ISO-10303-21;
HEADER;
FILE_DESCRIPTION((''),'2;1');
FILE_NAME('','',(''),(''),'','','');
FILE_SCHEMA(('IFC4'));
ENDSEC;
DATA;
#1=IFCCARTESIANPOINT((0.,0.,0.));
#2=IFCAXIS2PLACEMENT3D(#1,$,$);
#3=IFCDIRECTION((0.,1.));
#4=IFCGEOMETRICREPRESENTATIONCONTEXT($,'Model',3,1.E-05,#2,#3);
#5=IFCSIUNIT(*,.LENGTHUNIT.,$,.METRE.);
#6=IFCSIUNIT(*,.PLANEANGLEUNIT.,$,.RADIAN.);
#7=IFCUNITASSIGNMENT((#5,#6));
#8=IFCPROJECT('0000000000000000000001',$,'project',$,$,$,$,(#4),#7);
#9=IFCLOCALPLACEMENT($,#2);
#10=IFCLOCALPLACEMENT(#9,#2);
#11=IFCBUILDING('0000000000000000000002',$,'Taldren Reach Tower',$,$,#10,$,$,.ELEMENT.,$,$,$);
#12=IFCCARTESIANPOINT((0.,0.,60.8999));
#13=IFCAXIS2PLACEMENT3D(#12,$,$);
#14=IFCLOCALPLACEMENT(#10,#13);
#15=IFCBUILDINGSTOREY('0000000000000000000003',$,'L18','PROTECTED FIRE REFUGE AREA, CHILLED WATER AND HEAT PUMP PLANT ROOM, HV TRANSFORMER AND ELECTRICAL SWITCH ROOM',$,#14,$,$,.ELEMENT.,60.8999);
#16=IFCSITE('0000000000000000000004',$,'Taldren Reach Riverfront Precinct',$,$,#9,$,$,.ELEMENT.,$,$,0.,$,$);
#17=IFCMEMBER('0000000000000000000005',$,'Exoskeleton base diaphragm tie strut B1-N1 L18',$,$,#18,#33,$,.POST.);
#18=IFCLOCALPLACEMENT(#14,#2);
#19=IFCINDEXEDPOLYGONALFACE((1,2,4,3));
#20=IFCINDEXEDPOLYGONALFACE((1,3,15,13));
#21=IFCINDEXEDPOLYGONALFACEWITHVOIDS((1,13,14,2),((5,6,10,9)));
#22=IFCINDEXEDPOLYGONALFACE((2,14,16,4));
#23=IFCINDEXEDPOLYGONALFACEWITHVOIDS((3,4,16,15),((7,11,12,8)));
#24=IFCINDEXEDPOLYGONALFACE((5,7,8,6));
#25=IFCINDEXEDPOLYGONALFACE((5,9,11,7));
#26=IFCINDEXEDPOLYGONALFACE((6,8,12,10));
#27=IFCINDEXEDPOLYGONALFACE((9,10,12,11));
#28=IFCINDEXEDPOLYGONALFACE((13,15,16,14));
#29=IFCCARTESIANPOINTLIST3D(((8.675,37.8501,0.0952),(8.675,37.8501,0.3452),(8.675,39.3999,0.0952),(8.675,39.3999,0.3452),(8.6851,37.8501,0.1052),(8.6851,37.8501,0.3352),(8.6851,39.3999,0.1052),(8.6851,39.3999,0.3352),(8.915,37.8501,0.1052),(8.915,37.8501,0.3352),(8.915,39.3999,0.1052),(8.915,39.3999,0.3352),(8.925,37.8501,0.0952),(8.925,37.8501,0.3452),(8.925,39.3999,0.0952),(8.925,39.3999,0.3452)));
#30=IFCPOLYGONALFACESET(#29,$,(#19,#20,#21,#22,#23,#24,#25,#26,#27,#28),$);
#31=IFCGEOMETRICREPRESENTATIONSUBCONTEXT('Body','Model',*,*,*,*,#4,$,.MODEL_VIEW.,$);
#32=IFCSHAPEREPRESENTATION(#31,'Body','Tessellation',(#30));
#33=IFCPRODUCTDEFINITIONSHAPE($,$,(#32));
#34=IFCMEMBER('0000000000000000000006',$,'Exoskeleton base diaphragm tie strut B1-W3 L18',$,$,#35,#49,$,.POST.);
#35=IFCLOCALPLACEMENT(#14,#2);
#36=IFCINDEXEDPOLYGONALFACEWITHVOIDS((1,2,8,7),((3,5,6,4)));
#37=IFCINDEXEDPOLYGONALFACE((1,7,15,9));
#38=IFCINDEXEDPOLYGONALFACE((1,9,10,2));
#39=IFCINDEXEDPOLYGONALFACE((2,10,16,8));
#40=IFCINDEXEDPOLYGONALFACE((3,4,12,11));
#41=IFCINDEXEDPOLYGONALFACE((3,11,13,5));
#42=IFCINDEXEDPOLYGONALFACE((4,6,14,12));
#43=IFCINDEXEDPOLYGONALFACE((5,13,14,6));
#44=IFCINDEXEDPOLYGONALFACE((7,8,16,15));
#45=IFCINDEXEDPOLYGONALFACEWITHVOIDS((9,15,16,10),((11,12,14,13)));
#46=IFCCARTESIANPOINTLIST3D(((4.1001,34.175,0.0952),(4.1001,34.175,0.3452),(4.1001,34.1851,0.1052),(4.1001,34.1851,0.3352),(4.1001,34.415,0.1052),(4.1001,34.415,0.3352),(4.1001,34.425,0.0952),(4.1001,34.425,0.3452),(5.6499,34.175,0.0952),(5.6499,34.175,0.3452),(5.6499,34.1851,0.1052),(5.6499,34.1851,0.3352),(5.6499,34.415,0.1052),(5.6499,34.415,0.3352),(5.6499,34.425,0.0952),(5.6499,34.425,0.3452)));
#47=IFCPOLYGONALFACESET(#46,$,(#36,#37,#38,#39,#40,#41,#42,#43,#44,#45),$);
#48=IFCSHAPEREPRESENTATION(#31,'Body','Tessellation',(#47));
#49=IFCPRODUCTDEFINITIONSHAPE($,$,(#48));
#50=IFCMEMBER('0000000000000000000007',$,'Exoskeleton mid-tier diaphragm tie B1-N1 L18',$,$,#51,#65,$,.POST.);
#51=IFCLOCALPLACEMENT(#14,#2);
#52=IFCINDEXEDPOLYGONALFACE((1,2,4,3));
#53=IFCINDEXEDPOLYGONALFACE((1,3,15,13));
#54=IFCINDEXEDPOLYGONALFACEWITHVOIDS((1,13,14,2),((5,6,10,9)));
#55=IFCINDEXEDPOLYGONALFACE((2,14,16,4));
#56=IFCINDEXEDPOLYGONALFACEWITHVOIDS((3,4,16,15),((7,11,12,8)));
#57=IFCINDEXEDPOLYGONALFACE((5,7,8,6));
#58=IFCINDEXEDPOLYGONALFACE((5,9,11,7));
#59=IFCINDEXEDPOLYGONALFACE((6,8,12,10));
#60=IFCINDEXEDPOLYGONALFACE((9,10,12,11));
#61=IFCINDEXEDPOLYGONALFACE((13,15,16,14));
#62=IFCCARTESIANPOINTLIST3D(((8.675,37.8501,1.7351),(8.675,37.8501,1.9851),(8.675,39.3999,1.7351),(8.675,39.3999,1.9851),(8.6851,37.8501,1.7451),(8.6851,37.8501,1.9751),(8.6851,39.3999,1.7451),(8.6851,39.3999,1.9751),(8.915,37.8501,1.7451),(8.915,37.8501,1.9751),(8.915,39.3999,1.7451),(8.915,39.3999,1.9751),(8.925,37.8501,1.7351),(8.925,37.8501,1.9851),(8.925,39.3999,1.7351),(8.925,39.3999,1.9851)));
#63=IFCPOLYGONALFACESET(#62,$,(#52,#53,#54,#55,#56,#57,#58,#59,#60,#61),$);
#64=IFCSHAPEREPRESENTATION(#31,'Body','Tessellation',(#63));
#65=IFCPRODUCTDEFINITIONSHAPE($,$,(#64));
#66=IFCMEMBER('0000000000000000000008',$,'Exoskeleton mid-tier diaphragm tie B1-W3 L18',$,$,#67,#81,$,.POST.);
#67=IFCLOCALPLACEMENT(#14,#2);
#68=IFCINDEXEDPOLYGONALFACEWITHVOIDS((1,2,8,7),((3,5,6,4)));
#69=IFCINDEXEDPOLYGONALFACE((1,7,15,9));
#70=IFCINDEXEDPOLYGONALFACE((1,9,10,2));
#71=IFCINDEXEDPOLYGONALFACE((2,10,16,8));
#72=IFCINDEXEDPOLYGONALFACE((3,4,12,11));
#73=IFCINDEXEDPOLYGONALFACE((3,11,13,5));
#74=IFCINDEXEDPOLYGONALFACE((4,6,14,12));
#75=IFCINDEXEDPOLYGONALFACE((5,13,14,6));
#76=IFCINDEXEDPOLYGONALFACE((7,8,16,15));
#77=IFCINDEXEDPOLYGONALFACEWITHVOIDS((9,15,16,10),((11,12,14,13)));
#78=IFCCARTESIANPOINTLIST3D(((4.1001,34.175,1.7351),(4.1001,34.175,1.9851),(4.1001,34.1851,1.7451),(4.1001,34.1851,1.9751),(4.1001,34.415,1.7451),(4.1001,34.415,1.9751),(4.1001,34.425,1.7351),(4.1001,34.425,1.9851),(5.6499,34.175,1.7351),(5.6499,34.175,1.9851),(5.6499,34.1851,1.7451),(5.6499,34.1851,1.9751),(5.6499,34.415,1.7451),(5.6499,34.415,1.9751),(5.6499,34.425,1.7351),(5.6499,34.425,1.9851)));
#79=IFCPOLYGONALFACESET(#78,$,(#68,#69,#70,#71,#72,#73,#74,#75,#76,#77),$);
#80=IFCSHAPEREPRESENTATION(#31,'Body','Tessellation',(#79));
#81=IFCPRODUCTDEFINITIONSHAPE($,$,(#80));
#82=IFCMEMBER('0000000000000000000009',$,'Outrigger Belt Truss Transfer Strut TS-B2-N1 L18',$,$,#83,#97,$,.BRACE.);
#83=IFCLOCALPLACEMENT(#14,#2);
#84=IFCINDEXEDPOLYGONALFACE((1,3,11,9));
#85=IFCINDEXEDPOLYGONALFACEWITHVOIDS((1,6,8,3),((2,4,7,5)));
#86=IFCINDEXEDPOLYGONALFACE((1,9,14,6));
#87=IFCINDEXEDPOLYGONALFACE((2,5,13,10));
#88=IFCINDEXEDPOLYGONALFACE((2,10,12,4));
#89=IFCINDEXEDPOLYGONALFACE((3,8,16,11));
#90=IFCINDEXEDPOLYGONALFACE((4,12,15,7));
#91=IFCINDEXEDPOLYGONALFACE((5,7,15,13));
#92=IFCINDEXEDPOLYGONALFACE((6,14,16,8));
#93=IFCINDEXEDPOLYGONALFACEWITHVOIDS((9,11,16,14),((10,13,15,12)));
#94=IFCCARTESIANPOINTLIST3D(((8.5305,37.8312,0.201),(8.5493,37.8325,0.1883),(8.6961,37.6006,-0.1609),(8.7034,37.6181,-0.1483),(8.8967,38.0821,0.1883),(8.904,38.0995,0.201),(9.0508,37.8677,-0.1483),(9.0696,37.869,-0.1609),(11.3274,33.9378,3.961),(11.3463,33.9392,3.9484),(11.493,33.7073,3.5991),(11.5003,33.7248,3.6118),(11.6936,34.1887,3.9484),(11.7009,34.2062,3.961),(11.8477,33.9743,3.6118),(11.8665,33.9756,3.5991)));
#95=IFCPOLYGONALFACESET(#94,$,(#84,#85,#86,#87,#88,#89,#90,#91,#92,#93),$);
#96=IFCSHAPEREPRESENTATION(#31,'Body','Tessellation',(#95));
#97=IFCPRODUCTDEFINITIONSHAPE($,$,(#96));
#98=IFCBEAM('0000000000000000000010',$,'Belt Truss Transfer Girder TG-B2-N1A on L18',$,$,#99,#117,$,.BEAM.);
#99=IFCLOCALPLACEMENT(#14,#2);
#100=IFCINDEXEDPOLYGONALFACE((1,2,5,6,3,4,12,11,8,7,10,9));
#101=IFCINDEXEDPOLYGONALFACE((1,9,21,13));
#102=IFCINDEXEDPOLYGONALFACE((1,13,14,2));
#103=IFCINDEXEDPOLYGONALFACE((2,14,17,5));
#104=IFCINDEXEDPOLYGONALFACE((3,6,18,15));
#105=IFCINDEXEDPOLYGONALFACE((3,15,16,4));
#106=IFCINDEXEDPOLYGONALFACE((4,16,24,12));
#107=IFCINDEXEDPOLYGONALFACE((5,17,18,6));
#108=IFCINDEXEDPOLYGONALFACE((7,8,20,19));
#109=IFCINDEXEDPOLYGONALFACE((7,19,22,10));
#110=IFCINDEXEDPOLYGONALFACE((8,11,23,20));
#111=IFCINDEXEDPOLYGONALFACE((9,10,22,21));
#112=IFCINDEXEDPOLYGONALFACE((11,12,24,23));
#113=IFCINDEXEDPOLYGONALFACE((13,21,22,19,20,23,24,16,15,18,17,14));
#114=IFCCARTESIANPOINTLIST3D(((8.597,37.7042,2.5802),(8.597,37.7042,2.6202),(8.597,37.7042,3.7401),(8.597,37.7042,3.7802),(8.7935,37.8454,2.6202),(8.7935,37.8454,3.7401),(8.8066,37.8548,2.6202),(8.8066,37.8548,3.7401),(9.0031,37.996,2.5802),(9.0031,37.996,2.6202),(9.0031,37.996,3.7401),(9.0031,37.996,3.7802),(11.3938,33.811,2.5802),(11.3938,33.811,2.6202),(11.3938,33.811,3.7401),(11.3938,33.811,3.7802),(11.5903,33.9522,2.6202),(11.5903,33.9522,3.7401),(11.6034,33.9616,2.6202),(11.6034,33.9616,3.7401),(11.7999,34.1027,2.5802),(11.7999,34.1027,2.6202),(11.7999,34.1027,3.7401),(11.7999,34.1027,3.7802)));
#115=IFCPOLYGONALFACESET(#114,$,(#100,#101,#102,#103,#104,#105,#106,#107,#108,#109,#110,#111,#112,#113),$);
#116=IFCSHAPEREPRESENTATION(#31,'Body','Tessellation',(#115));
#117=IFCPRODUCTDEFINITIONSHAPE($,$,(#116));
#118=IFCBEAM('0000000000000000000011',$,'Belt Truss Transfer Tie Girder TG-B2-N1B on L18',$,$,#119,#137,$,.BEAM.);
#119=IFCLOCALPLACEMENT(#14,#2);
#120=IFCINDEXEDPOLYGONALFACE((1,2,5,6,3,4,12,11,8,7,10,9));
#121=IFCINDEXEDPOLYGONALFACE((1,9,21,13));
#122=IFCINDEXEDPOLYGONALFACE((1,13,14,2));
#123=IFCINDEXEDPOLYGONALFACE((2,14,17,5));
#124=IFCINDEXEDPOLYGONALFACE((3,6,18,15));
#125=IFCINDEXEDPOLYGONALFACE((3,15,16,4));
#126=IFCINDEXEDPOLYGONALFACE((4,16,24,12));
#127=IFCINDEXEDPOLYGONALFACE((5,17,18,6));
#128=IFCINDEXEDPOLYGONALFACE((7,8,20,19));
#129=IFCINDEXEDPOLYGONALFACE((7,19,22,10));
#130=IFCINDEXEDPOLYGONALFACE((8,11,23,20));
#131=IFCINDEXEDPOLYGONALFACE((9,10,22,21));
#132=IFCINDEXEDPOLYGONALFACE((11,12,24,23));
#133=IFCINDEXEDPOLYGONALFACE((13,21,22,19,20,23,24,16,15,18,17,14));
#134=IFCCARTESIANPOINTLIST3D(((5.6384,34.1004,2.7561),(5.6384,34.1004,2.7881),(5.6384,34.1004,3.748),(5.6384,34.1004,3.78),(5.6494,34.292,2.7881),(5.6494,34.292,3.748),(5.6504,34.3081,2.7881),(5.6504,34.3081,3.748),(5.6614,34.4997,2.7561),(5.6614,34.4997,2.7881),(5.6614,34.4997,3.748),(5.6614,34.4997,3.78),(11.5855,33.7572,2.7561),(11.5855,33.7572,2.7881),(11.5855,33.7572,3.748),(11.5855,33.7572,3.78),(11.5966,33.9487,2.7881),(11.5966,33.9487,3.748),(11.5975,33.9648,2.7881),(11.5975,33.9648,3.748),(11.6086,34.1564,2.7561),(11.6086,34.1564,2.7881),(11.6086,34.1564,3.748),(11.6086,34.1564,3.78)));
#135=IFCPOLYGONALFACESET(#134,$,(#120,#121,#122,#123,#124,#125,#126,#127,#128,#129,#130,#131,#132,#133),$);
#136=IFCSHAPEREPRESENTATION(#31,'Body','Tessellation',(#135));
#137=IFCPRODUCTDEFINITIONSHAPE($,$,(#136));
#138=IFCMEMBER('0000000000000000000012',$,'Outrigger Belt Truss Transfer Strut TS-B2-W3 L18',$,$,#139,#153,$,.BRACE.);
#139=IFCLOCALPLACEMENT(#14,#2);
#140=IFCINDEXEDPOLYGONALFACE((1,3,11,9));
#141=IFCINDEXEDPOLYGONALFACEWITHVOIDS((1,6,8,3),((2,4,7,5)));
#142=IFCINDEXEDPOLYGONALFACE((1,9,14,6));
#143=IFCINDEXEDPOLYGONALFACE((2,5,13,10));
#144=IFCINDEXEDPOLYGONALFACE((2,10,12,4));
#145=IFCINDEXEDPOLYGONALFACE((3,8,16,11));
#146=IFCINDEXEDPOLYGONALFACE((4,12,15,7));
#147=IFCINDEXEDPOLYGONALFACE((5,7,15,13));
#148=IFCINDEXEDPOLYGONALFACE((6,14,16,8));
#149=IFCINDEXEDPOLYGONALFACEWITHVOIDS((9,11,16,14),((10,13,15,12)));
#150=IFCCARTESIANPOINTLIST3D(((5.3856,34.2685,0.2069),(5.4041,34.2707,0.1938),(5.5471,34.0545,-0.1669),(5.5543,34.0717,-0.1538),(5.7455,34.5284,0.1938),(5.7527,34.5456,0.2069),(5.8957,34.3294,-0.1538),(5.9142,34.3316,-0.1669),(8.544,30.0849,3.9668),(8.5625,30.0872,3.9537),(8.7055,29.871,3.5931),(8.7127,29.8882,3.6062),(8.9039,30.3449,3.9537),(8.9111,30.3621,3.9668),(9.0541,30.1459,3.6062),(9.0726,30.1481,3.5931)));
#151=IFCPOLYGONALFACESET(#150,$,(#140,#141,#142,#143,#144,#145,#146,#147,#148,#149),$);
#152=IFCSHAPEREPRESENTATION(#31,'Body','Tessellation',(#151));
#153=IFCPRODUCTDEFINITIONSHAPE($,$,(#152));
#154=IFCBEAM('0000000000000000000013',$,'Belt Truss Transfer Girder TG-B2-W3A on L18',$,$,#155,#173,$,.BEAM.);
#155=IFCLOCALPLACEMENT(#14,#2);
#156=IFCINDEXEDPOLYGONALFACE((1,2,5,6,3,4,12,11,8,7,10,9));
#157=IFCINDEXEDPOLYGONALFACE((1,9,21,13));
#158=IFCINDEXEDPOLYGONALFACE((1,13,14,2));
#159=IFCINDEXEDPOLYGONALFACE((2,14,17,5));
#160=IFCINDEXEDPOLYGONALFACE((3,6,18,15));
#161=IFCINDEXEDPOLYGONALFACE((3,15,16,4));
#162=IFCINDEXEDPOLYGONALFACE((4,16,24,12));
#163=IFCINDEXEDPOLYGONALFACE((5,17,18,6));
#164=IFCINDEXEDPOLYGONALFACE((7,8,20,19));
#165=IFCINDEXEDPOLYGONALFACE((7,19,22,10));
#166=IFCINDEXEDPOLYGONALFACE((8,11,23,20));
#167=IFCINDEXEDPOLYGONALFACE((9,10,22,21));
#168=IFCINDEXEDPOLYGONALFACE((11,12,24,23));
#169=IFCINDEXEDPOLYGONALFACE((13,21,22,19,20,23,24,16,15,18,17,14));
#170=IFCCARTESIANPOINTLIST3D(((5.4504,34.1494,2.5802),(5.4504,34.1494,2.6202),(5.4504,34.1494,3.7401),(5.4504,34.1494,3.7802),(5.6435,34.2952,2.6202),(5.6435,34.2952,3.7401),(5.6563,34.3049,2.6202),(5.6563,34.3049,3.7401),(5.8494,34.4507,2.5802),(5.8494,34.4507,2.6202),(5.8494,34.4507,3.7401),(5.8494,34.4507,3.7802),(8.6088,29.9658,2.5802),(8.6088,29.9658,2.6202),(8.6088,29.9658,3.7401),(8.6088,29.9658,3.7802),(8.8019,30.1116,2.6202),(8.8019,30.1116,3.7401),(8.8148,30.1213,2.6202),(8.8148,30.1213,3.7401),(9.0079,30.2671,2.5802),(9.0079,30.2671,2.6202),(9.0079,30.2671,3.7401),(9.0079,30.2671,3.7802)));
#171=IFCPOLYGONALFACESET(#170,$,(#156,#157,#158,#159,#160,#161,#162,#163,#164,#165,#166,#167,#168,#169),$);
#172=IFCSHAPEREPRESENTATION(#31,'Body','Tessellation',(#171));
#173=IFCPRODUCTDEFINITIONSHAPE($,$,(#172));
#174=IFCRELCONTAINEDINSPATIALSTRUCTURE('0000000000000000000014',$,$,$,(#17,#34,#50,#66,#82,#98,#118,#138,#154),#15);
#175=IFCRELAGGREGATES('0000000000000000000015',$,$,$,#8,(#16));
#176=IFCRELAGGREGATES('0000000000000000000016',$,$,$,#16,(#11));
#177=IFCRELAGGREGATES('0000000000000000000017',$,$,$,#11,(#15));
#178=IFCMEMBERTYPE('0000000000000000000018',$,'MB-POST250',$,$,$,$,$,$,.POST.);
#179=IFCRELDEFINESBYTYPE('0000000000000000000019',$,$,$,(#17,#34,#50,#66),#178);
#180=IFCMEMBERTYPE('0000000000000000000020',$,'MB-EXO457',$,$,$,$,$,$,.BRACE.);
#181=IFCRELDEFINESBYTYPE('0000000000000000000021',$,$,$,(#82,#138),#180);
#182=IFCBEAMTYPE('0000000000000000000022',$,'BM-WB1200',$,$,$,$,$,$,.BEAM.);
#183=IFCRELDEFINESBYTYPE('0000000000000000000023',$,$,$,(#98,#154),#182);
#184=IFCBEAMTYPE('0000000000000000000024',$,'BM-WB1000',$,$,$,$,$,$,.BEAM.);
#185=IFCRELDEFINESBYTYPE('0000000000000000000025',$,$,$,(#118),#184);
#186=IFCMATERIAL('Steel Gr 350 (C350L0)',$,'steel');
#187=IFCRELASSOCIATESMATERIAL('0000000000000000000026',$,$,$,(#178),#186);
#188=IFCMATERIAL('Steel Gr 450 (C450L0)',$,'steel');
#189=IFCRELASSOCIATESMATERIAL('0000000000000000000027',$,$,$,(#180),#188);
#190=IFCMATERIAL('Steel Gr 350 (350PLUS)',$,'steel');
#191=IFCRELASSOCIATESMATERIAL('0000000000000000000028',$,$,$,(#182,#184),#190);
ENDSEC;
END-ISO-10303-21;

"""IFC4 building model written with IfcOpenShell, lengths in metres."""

from ifc_helpers import new_model, si_unit, direction, frame, origin, origin_2d, place, context, subcontext, project, spatial, hollow_rectangle, i_section, extrude, source, transform, mapped, material, material_profile, profile_set, type_object, element, save


model = new_model("IFC4")

# Units and contexts
model_context = context("Model", 3, precision=1e-05, world=origin(), true_north=direction((0.0, 1.0)))
body_context = subcontext(model_context, "Body", "Model", "MODEL_VIEW")
ifc_project = project(units=[si_unit("LENGTHUNIT", "METRE"), si_unit("PLANEANGLEUNIT", "RADIAN")], contexts=[model_context])

# Site, building, storey
site_placement = place(None, origin())
site = spatial("IfcSite", under=ifc_project, at=site_placement, Name="Taldren Reach Riverfront Precinct", CompositionType="ELEMENT", RefElevation=0.0)
building_placement = place(site_placement, origin())
building = spatial("IfcBuilding", under=site, at=building_placement, Name="Taldren Reach Tower", CompositionType="ELEMENT")
storey_placement = place(building_placement, frame((0.0, 0.0, 60.8999)))
storey = spatial("IfcBuildingStorey", under=building, at=storey_placement, Name="L18", Description="PROTECTED FIRE REFUGE AREA, CHILLED WATER AND HEAT PUMP PLANT ROOM, HV TRANSFORMER AND ELECTRICAL SWITCH ROOM", CompositionType="ELEMENT", Elevation=60.8999)

# Shared definitions
ifc_material_1 = material(Name="Steel Gr 350 (350PLUS)", Category="steel")

# Members
ifc_material_2 = material(Name="Steel Gr 450 (C450L0)", Category="steel")
ifc_material_3 = material(Name="Steel Gr 350 (C350L0)", Category="steel")
ifc_material_profile_1 = material_profile(ifc_material_3, hollow_rectangle(XDim=0.25, YDim=0.25, WallThickness=0.01, at=origin_2d()), Name="250x250x10.0SHS")
ifc_profile_set_1 = profile_set([ifc_material_profile_1], Name="Steel Gr 350 (C350L0)")
member_type_1 = type_object("IfcMemberType", Name="MB-POST250", PredefinedType="POST", material=ifc_profile_set_1)
shared_shape_1 = source(origin(), body_context, "Body", "SweptSolid", [
    extrude(hollow_rectangle(XDim=0.25, YDim=0.25, WallThickness=0.01, at=origin_2d()), origin(), (0.0, 0.0, 1.0), 1.5498),
])
for number, where, z_axis, x_axis, name in (
    (1, (8.8, 37.8501, 0.2202), (0.0, 1.0, 0.0), (-1.0, 0.0, 0.0), "Exoskeleton base diaphragm tie strut B1-N1 L18"),
    (2, (5.6499, 34.3, 0.2202), (-1.0, 0.0, 0.0), (0.0, -1.0, 0.0), "Exoskeleton base diaphragm tie strut B1-W3 L18"),
    (3, (8.8, 37.8501, 1.8601), (0.0, 1.0, 0.0), (-1.0, 0.0, 0.0), "Exoskeleton mid-tier diaphragm tie B1-N1 L18"),
    (4, (5.6499, 34.3, 1.8601), (-1.0, 0.0, 0.0), (0.0, -1.0, 0.0), "Exoskeleton mid-tier diaphragm tie B1-W3 L18"),
):
    element("IfcMember", number, at=place(storey_placement, frame(where, z_axis=z_axis, x_axis=x_axis)), inside=storey, type_object=member_type_1, Name=name, PredefinedType="POST", context=body_context, shape_type="MappedRepresentation", body=[
        mapped(shared_shape_1, transform((0.0, 0.0, 0.0), scale=1.0)),
    ])
ifc_material_profile_2 = material_profile(ifc_material_2, hollow_rectangle(XDim=0.46, YDim=0.46, WallThickness=0.0161, at=origin_2d()), Name="460x460x16.0SHS")
ifc_profile_set_2 = profile_set([ifc_material_profile_2], Name="Steel Gr 450 (C450L0)")
member_type_2 = type_object("IfcMemberType", Name="MB-EXO457", PredefinedType="BRACE", material=ifc_profile_set_2)
shared_shape_2 = source(origin(), body_context, "Body", "SweptSolid", [
    extrude(hollow_rectangle(XDim=0.46, YDim=0.46, WallThickness=0.0161, at=origin_2d()), origin(), (0.0, 0.0, 1.0), 6.0925),
])
member_1_placement = place(storey_placement, frame((8.8, 37.8501, 0.02), z_axis=(0.459072, -0.639038, 0.617158), x_axis=(0.812158, 0.583438, 0.0)))
element("IfcMember", 5, at=member_1_placement, inside=storey, type_object=member_type_2, Name="Outrigger Belt Truss Transfer Strut TS-B2-N1 L18", PredefinedType="BRACE", context=body_context, shape_type="MappedRepresentation", body=[
    mapped(shared_shape_2, transform((0.0, 0.0, 0.0), scale=1.0)),
])

# Beams
ifc_material_profile_3 = material_profile(ifc_material_1, i_section(OverallWidth=0.5, OverallDepth=1.2, WebThickness=0.0161, FlangeThickness=0.04, at=origin_2d()), Name="1200WB455")
ifc_profile_set_3 = profile_set([ifc_material_profile_3], Name="Steel Gr 350 (350PLUS)")
beam_type_1 = type_object("IfcBeamType", Name="BM-WB1200", PredefinedType="BEAM", material=ifc_profile_set_3)
shared_shape_3 = source(origin(), body_context, "Body", "SweptSolid", [
    extrude(i_section(OverallWidth=0.5, OverallDepth=1.2, WebThickness=0.0161, FlangeThickness=0.04, at=origin_2d()), origin(), (0.0, 0.0, 1.0), 4.7937),
])
beam_1_placement = place(storey_placement, frame((8.8, 37.8501, 3.1802), z_axis=(0.583438, -0.812158, 0.0), x_axis=(0.812158, 0.583438, 0.0)))
element("IfcBeam", 6, at=beam_1_placement, inside=storey, type_object=beam_type_1, Name="Belt Truss Transfer Girder TG-B2-N1A on L18", PredefinedType="BEAM", context=body_context, shape_type="MappedRepresentation", body=[
    mapped(shared_shape_3, transform((0.0, 0.0, 0.0), scale=1.0)),
])
ifc_material_profile_4 = material_profile(ifc_material_1, i_section(OverallWidth=0.3999, OverallDepth=1.0239, WebThickness=0.0161, FlangeThickness=0.032, at=origin_2d()), Name="1000WB322")
ifc_profile_set_4 = profile_set([ifc_material_profile_4], Name="Steel Gr 350 (350PLUS)")
beam_type_2 = type_object("IfcBeamType", Name="BM-WB1000", PredefinedType="BEAM", material=ifc_profile_set_4)
shared_shape_4 = source(origin(), body_context, "Body", "SweptSolid", [
    extrude(i_section(OverallWidth=0.3999, OverallDepth=1.0239, WebThickness=0.0161, FlangeThickness=0.032, at=origin_2d()), origin(), (0.0, 0.0, 1.0), 5.957),
])
beam_2_placement = place(storey_placement, frame((5.6499, 34.3, 3.2681), z_axis=(0.998338, -0.057624, 0.0), x_axis=(0.057624, 0.998338, 0.0)))
element("IfcBeam", 7, at=beam_2_placement, inside=storey, type_object=beam_type_2, Name="Belt Truss Transfer Tie Girder TG-B2-N1B on L18", PredefinedType="BEAM", context=body_context, shape_type="MappedRepresentation", body=[
    mapped(shared_shape_4, transform((0.0, 0.0, 0.0), scale=1.0)),
])

# Member
shared_shape_5 = source(origin(), body_context, "Body", "SweptSolid", [
    extrude(hollow_rectangle(XDim=0.46, YDim=0.46, WallThickness=0.0161, at=origin_2d()), origin(), (0.0, 0.0, 1.0), 6.4509),
])
member_2_placement = place(storey_placement, frame((5.6499, 34.3, 0.02), z_axis=(0.489603, -0.648515, 0.582853), x_axis=(0.798096, 0.602531, 0.0)))
element("IfcMember", 8, at=member_2_placement, inside=storey, type_object=member_type_2, Name="Outrigger Belt Truss Transfer Strut TS-B2-W3 L18", PredefinedType="BRACE", context=body_context, shape_type="MappedRepresentation", body=[
    mapped(shared_shape_5, transform((0.0, 0.0, 0.0), scale=1.0)),
])

# Beam
shared_shape_6 = source(origin(), body_context, "Body", "SweptSolid", [
    extrude(i_section(OverallWidth=0.5, OverallDepth=1.2, WebThickness=0.0161, FlangeThickness=0.04, at=origin_2d()), origin(), (0.0, 0.0, 1.0), 5.2419),
])
beam_3_placement = place(storey_placement, frame((5.6499, 34.3, 3.1802), z_axis=(0.602531, -0.798096, 0.0), x_axis=(0.798096, 0.602531, 0.0)))
element("IfcBeam", 9, at=beam_3_placement, inside=storey, type_object=beam_type_1, Name="Belt Truss Transfer Girder TG-B2-W3A on L18", PredefinedType="BEAM", context=body_context, shape_type="MappedRepresentation", body=[
    mapped(shared_shape_6, transform((0.0, 0.0, 0.0), scale=1.0)),
])

save(model, "model.ifc")
